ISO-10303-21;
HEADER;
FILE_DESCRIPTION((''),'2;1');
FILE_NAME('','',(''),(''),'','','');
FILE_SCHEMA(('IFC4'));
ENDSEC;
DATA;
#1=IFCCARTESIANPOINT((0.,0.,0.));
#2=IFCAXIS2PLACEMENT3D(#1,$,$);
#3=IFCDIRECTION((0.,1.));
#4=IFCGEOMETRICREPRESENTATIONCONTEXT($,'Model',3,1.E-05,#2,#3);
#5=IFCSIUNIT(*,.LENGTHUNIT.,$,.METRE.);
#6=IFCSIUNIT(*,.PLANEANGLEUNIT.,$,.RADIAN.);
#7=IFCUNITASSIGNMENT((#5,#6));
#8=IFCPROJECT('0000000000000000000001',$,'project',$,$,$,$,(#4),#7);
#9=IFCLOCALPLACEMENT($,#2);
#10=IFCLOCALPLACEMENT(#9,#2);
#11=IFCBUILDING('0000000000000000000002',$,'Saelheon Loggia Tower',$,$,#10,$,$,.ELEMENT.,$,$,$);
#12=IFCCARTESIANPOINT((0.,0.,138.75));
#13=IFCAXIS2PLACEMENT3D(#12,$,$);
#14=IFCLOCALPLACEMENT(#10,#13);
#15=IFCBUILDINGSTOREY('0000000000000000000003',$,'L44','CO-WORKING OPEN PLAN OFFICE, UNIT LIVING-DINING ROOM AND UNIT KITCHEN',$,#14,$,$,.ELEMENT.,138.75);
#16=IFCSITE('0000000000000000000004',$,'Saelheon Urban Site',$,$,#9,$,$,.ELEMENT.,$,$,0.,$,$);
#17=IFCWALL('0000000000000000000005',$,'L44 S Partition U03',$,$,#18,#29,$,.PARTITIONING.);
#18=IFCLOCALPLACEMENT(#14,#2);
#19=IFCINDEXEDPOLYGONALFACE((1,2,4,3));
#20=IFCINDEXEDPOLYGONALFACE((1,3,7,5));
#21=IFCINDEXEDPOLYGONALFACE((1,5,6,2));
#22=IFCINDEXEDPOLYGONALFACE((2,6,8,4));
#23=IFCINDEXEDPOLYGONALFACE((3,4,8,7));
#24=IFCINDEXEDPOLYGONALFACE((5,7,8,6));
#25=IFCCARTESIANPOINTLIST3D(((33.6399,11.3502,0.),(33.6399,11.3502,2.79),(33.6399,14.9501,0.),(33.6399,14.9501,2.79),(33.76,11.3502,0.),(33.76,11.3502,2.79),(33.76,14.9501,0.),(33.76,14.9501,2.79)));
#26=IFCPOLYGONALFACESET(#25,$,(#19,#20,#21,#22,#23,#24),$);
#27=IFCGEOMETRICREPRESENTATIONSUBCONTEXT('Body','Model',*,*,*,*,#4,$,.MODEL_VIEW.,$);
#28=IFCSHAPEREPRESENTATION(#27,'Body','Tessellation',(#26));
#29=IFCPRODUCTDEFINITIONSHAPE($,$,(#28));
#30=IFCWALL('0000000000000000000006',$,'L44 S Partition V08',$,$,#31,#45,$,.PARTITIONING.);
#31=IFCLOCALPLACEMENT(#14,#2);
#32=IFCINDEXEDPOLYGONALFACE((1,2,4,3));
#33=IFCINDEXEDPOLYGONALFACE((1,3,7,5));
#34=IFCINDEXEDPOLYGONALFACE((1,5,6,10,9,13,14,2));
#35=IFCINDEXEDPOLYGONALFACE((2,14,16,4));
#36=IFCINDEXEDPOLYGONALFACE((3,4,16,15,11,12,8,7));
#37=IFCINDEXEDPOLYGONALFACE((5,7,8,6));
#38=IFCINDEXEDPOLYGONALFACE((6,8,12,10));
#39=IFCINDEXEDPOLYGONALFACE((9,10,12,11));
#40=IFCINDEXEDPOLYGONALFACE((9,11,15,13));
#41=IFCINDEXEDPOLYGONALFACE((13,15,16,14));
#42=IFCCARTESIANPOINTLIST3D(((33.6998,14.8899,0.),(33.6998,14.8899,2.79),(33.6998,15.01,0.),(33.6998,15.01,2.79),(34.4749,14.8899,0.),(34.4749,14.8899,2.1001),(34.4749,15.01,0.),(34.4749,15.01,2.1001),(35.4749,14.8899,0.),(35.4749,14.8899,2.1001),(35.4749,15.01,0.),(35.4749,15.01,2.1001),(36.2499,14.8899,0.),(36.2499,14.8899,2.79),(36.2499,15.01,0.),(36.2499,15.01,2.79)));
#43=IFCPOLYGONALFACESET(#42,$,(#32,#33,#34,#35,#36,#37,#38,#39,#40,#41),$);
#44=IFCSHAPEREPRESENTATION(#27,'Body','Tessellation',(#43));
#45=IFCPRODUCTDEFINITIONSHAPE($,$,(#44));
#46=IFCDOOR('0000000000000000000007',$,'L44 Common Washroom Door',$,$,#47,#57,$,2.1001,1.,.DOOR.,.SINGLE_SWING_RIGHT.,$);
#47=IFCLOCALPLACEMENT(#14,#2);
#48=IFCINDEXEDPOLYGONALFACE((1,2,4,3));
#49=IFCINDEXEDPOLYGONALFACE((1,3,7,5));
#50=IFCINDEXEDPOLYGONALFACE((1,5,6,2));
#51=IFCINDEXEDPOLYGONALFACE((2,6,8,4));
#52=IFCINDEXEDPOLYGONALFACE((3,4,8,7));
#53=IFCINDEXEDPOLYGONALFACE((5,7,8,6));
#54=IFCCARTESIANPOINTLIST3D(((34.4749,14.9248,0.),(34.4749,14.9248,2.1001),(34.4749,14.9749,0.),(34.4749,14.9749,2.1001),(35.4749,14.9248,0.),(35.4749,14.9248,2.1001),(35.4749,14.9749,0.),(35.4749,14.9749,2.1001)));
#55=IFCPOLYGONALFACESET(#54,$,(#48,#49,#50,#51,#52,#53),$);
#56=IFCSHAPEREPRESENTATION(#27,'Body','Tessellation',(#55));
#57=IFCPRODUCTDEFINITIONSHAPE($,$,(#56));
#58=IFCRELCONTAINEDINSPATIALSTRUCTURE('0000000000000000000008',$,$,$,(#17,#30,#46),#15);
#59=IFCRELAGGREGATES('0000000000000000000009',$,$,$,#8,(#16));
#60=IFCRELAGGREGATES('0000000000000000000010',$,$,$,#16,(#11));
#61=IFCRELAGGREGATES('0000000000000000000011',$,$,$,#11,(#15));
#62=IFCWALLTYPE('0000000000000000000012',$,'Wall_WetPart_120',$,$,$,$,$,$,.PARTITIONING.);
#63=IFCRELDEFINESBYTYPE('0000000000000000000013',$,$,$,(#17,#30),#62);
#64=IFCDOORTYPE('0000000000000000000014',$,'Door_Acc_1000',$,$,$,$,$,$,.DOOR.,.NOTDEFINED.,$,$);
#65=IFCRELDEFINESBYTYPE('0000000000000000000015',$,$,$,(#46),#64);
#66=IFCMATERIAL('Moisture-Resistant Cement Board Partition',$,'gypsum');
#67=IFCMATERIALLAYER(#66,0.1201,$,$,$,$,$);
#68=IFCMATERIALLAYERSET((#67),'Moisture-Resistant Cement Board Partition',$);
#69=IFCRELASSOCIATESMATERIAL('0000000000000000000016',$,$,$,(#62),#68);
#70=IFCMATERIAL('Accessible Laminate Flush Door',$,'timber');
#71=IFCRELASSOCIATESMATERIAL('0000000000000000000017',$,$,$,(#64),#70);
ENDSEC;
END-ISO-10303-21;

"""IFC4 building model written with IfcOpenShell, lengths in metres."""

from ifc_helpers import new_model, si_unit, direction, frame, frame_2d, origin, place, context, subcontext, project, spatial, rectangle, extrude, source, transform, mapped, material, layer, layer_set, type_object, element, fill, save


model = new_model("IFC4")

# Units and contexts
model_context = context("Model", 3, precision=1e-05, world=origin(), true_north=direction((0.0, 1.0)))
body_context = subcontext(model_context, "Body", "Model", "MODEL_VIEW")
ifc_project = project(units=[si_unit("LENGTHUNIT", "METRE"), si_unit("PLANEANGLEUNIT", "RADIAN")], contexts=[model_context])

# Site, building, storey
site_placement = place(None, origin())
site = spatial("IfcSite", under=ifc_project, at=site_placement, Name="Saelheon Urban Site", CompositionType="ELEMENT", RefElevation=0.0)
building_placement = place(site_placement, origin())
building = spatial("IfcBuilding", under=site, at=building_placement, Name="Saelheon Loggia Tower", CompositionType="ELEMENT")
storey_placement = place(building_placement, frame((0.0, 0.0, 138.75)))
storey = spatial("IfcBuildingStorey", under=building, at=storey_placement, Name="L44", Description="CO-WORKING OPEN PLAN OFFICE, UNIT LIVING-DINING ROOM AND UNIT KITCHEN", CompositionType="ELEMENT", Elevation=138.75)

# Wall
ifc_material_1 = material(Name="Moisture-Resistant Cement Board Partition", Category="gypsum")
ifc_layer_1 = layer(ifc_material_1, 0.1201)
ifc_layer_set_1 = layer_set([ifc_layer_1], Name="Moisture-Resistant Cement Board Partition")
wall_type_1 = type_object("IfcWallType", Name="Wall_WetPart_120", PredefinedType="PARTITIONING", material=ifc_layer_set_1)
wall_1_placement = place(storey_placement, frame((33.7, 14.95, 0.0), z_axis=(0.0, 0.0, 1.0), x_axis=(0.0, -1.0, 0.0)))
element("IfcWall", 1, at=wall_1_placement, inside=storey, type_object=wall_type_1, Name="L44 S Partition U03", PredefinedType="PARTITIONING", context=body_context, shape_type="SweptSolid", body=[
    extrude(rectangle(XDim=3.5999, YDim=0.1201, at=frame_2d((1.7998, 0.0))), origin(), (0.0, 0.0, 1.0), 2.79),
])

# Wall, opening, door
wall_2_placement = place(storey_placement, frame((33.7, 14.95, 0.0), z_axis=(0.0, 0.0, 1.0), x_axis=(1.0, 0.0, 0.0)))
wall_2 = element("IfcWall", 2, at=wall_2_placement, inside=storey, type_object=wall_type_1, Name="L44 S Partition V08", PredefinedType="PARTITIONING", context=body_context, shape_type="SweptSolid", body=[
    extrude(rectangle(XDim=2.55, YDim=0.1201, at=frame_2d((1.2749, 0.0))), origin(), (0.0, 0.0, 1.0), 2.79),
])
opening_1_placement = place(wall_2_placement, frame((0.7749, 0.0, 0.0)))
opening_1 = element("IfcOpeningElement", 3, at=opening_1_placement, cuts=wall_2, PredefinedType="OPENING", context=body_context, shape_type="SweptSolid", body=[
    extrude(rectangle(XDim=1.0, YDim=2.1001, at=frame_2d((0.5, 1.05))), frame((0.0, 0.072, 0.0), z_axis=(0.0, -1.0, 0.0), x_axis=(1.0, 0.0, 0.0)), (0.0, 0.0, 1.0), 0.144),
])
ifc_material_2 = material(Name="Accessible Laminate Flush Door", Category="timber")
door_type_1 = type_object("IfcDoorType", Name="Door_Acc_1000", OperationType="NOTDEFINED", PredefinedType="DOOR", material=ifc_material_2)
shared_shape_1 = source(origin(), body_context, "Body", "SweptSolid", [
    extrude(rectangle(XDim=1.0, YDim=2.1001, at=frame_2d((0.5, 1.05))), frame((0.0, 0.0249, 0.0), z_axis=(0.0, -1.0, 0.0), x_axis=(1.0, 0.0, 0.0)), (0.0, 0.0, 1.0), 0.05),
])
door_1_placement = place(opening_1_placement, origin())
door_1 = element("IfcDoor", 4, at=door_1_placement, inside=storey, type_object=door_type_1, Name="L44 Common Washroom Door", OperationType="SINGLE_SWING_RIGHT", OverallHeight=2.1001, OverallWidth=1.0, PredefinedType="DOOR", context=body_context, shape_type="MappedRepresentation", body=[
    mapped(shared_shape_1, transform((0.0, 0.0, 0.0), scale=1.0)),
])
fill(opening_1, door_1)

save(model, "model.ifc")
